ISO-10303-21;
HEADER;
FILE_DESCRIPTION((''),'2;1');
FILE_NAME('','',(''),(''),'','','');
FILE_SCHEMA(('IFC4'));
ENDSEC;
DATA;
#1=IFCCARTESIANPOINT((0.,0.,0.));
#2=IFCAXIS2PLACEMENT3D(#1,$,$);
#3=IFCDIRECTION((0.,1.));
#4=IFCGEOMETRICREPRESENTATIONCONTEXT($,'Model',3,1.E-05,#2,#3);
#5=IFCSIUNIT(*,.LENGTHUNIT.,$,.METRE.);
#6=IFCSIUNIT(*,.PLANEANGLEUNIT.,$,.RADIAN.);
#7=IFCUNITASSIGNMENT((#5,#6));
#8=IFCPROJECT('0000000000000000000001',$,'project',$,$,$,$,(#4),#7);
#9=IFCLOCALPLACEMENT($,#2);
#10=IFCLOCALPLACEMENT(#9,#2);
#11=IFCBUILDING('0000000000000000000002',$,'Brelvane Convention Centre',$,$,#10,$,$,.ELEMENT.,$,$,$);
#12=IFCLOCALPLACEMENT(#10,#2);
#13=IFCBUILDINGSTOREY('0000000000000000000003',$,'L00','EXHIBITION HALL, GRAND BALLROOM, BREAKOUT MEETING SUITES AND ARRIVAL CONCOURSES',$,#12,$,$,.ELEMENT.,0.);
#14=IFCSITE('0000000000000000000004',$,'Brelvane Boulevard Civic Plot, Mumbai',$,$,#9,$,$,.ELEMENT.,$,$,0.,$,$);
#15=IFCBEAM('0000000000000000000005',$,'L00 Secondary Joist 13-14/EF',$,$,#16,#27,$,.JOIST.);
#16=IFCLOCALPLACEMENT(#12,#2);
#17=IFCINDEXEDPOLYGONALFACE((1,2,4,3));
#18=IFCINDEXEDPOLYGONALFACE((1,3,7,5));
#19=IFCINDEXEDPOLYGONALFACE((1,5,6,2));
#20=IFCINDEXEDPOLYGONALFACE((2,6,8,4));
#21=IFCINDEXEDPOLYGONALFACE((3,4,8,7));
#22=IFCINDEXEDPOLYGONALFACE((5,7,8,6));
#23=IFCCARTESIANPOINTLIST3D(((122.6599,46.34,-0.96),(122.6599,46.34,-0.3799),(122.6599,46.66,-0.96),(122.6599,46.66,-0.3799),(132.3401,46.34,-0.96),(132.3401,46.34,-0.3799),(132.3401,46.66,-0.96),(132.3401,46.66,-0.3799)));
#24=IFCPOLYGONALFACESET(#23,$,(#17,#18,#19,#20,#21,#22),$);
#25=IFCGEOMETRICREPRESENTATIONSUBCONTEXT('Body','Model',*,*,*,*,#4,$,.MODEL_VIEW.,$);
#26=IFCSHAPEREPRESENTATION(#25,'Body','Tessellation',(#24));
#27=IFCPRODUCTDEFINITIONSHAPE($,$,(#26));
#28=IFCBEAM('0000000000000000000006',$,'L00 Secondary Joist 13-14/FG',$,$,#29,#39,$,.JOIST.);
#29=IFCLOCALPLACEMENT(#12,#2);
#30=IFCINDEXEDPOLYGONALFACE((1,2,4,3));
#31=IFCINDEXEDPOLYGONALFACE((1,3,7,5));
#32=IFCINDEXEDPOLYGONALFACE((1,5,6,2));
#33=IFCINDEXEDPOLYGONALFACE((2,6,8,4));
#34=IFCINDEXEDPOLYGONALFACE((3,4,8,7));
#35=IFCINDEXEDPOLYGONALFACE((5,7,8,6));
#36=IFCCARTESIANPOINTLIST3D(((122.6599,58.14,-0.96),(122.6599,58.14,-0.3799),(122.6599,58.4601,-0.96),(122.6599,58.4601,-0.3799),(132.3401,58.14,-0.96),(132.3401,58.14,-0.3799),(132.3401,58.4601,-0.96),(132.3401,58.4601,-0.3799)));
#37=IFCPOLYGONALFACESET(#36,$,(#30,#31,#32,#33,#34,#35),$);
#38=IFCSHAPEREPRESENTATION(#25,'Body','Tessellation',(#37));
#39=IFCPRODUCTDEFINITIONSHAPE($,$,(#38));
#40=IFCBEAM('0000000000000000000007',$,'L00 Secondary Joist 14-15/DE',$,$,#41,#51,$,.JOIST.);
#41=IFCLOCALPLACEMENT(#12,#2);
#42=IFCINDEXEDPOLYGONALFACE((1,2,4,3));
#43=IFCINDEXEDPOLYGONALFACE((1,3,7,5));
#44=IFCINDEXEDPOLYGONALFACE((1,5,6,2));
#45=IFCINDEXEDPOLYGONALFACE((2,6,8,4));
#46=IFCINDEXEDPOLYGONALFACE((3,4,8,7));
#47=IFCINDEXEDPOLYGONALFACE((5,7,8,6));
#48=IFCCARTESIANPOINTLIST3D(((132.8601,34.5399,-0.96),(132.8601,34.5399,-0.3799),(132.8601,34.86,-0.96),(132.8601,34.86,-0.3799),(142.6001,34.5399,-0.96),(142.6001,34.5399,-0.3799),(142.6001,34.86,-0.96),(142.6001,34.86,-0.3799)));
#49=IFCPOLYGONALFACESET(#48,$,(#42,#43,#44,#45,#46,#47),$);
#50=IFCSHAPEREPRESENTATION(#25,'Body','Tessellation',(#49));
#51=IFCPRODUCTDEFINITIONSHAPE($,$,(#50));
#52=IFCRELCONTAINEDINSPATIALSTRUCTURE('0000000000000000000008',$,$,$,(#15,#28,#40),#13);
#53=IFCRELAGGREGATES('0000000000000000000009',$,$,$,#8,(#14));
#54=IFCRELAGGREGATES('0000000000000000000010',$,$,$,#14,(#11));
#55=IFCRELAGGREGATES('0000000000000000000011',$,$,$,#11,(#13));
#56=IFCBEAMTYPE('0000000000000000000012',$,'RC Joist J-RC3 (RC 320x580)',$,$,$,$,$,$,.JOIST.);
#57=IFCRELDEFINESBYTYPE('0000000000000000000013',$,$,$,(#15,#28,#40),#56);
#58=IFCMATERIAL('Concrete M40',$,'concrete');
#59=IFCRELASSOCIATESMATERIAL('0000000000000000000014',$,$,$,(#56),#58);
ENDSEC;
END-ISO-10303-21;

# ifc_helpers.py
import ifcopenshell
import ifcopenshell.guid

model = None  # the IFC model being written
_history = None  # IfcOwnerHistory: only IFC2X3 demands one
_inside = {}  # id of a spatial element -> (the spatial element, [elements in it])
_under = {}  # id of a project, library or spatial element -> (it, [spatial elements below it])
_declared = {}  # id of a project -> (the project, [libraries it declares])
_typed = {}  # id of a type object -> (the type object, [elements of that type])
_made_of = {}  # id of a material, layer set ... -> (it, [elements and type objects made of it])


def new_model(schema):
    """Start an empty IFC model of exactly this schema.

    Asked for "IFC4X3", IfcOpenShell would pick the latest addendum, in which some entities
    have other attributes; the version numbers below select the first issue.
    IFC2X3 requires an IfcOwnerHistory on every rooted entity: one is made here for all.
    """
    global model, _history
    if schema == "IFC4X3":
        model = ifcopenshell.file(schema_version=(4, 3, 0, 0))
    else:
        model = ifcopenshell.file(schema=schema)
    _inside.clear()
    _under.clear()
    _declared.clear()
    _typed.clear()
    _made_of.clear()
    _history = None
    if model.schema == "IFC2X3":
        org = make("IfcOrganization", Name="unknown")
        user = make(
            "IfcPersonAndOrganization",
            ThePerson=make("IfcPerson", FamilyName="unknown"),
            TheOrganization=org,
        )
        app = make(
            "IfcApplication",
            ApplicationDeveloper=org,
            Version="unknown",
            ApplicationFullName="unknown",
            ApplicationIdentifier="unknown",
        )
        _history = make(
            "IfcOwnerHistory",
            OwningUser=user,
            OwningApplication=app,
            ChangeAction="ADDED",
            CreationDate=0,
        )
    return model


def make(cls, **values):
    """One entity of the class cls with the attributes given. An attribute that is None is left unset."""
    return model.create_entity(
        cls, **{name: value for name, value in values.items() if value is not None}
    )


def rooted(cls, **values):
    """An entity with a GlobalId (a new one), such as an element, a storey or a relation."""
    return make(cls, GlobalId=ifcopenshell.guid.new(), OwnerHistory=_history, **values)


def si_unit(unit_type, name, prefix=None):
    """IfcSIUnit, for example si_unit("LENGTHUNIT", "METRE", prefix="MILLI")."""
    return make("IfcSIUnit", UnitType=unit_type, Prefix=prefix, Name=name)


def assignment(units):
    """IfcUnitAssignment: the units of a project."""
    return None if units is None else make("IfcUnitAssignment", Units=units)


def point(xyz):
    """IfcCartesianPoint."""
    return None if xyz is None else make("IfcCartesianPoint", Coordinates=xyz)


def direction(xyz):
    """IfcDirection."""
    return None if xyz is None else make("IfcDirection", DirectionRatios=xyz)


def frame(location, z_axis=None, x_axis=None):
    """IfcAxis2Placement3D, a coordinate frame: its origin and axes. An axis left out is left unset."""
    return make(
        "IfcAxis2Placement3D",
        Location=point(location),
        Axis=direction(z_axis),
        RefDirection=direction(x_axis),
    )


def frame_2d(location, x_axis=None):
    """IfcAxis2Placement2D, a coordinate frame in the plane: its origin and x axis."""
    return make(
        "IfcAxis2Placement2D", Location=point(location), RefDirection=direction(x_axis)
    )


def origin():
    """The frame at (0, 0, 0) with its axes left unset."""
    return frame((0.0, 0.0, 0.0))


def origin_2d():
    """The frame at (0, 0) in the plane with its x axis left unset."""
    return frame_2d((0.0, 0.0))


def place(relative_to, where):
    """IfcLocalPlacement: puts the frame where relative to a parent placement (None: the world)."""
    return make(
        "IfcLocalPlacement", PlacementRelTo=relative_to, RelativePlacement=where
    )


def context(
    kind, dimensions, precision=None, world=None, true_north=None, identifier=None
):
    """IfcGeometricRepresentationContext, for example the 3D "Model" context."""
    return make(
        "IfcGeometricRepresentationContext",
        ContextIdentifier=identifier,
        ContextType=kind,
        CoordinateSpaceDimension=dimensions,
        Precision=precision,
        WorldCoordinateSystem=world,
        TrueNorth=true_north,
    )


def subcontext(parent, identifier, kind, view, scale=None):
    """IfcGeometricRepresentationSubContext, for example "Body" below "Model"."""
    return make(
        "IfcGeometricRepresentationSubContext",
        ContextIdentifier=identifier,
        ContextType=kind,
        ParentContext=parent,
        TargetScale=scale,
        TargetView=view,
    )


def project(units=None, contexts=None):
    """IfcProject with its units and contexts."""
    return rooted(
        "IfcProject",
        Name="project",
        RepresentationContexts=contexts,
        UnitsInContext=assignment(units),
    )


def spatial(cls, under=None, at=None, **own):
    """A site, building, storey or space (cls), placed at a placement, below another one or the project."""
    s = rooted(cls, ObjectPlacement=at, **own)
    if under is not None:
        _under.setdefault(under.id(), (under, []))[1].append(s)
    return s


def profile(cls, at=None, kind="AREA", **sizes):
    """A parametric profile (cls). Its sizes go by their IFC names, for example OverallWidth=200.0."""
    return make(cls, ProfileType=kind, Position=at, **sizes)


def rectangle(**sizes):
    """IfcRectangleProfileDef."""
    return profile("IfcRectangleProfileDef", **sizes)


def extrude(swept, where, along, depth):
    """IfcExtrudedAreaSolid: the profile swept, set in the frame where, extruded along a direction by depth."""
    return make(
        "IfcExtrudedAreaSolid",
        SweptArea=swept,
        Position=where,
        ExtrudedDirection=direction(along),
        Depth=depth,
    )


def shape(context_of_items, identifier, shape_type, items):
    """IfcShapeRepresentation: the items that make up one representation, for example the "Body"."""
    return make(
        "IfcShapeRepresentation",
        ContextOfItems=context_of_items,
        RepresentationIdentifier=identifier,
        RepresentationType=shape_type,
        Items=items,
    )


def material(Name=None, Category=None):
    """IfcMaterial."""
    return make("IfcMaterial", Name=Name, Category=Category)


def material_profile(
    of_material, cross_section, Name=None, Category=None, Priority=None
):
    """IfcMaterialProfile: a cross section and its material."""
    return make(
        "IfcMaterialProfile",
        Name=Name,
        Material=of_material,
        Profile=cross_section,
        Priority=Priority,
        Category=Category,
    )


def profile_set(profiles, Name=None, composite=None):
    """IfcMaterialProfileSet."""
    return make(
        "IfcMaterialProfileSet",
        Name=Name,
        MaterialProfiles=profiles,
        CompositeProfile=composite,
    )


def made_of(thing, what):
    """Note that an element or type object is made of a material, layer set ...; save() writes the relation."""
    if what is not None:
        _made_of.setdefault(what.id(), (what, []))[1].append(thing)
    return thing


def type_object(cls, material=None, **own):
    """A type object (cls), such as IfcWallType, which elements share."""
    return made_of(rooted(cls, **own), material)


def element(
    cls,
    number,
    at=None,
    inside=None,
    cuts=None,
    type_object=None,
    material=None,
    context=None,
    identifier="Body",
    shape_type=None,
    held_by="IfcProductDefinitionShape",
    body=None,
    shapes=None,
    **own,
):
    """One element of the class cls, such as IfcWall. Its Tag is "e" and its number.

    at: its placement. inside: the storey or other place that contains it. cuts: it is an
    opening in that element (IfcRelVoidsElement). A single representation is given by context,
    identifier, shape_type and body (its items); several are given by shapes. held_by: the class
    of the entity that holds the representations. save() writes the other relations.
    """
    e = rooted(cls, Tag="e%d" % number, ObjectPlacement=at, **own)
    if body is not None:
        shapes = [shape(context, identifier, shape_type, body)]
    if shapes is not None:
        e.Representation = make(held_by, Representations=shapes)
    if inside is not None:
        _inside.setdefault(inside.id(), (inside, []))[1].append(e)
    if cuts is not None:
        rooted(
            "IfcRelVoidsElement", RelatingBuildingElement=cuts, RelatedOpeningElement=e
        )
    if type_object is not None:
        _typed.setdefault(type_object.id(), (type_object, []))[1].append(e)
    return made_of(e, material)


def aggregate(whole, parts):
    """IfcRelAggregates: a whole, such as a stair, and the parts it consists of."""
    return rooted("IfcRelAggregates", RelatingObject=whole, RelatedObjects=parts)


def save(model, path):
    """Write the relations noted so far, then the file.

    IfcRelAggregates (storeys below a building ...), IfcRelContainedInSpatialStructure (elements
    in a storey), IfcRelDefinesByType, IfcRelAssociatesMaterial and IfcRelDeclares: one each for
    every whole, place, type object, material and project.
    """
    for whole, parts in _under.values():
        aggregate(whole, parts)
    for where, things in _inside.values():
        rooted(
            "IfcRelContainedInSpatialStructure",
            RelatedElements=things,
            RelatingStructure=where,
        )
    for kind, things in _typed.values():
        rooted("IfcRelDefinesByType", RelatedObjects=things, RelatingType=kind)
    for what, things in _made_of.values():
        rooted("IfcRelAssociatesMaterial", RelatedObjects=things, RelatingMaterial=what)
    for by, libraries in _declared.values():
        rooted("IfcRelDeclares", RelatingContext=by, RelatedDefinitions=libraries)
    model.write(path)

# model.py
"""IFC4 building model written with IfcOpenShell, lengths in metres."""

from ifc_helpers import new_model, si_unit, direction, frame, origin, origin_2d, place, context, subcontext, project, spatial, rectangle, extrude, material, material_profile, profile_set, type_object, element, save


model = new_model("IFC4")

# Units and contexts
model_context = context("Model", 3, precision=1e-05, world=origin(), true_north=direction((0.0, 1.0)))
body_context = subcontext(model_context, "Body", "Model", "MODEL_VIEW")
ifc_project = project(units=[si_unit("LENGTHUNIT", "METRE"), si_unit("PLANEANGLEUNIT", "RADIAN")], contexts=[model_context])

# Site, building, storey
site_placement = place(None, origin())
site = spatial("IfcSite", under=ifc_project, at=site_placement, Name="Brelvane Boulevard Civic Plot, Mumbai", CompositionType="ELEMENT", RefElevation=0.0)
building_placement = place(site_placement, origin())
building = spatial("IfcBuilding", under=site, at=building_placement, Name="Brelvane Convention Centre", CompositionType="ELEMENT")
storey_placement = place(building_placement, origin())
storey = spatial("IfcBuildingStorey", under=building, at=storey_placement, Name="L00", Description="EXHIBITION HALL, GRAND BALLROOM, BREAKOUT MEETING SUITES AND ARRIVAL CONCOURSES", CompositionType="ELEMENT", Elevation=0.0)

# Beams
ifc_material_1 = material(Name="Concrete M40", Category="concrete")
ifc_material_profile_1 = material_profile(ifc_material_1, rectangle(XDim=0.3201, YDim=0.5801, at=origin_2d()), Name="RC 320x580")
ifc_profile_set_1 = profile_set([ifc_material_profile_1], Name="Concrete M40")
beam_type_1 = type_object("IfcBeamType", Name="RC Joist J-RC3 (RC 320x580)", PredefinedType="JOIST", material=ifc_profile_set_1)
for number, where, z_axis, x_axis, name in (
    (1, (122.6599, 46.5, -0.6699), (1.0, 0.0, 0.0), (0.0, 1.0, 0.0), "L00 Secondary Joist 13-14/EF"),
    (2, (122.6599, 58.3, -0.6699), (1.0, 0.0, 0.0), (0.0, 1.0, 0.0), "L00 Secondary Joist 13-14/FG"),
):
    element("IfcBeam", number, at=place(storey_placement, frame(where, z_axis=z_axis, x_axis=x_axis)), inside=storey, type_object=beam_type_1, Name=name, PredefinedType="JOIST", context=body_context, shape_type="SweptSolid", body=[
        extrude(rectangle(XDim=0.3201, YDim=0.5801, at=origin_2d()), origin(), (0.0, 0.0, 1.0), 9.6802),
    ])
beam_1_placement = place(storey_placement, frame((132.8601, 34.7, -0.6699), z_axis=(1.0, 0.0, 0.0), x_axis=(0.0, 1.0, 0.0)))
element("IfcBeam", 3, at=beam_1_placement, inside=storey, type_object=beam_type_1, Name="L00 Secondary Joist 14-15/DE", PredefinedType="JOIST", context=body_context, shape_type="SweptSolid", body=[
    extrude(rectangle(XDim=0.3201, YDim=0.5801, at=origin_2d()), origin(), (0.0, 0.0, 1.0), 9.74),
])

save(model, "model.ifc")
